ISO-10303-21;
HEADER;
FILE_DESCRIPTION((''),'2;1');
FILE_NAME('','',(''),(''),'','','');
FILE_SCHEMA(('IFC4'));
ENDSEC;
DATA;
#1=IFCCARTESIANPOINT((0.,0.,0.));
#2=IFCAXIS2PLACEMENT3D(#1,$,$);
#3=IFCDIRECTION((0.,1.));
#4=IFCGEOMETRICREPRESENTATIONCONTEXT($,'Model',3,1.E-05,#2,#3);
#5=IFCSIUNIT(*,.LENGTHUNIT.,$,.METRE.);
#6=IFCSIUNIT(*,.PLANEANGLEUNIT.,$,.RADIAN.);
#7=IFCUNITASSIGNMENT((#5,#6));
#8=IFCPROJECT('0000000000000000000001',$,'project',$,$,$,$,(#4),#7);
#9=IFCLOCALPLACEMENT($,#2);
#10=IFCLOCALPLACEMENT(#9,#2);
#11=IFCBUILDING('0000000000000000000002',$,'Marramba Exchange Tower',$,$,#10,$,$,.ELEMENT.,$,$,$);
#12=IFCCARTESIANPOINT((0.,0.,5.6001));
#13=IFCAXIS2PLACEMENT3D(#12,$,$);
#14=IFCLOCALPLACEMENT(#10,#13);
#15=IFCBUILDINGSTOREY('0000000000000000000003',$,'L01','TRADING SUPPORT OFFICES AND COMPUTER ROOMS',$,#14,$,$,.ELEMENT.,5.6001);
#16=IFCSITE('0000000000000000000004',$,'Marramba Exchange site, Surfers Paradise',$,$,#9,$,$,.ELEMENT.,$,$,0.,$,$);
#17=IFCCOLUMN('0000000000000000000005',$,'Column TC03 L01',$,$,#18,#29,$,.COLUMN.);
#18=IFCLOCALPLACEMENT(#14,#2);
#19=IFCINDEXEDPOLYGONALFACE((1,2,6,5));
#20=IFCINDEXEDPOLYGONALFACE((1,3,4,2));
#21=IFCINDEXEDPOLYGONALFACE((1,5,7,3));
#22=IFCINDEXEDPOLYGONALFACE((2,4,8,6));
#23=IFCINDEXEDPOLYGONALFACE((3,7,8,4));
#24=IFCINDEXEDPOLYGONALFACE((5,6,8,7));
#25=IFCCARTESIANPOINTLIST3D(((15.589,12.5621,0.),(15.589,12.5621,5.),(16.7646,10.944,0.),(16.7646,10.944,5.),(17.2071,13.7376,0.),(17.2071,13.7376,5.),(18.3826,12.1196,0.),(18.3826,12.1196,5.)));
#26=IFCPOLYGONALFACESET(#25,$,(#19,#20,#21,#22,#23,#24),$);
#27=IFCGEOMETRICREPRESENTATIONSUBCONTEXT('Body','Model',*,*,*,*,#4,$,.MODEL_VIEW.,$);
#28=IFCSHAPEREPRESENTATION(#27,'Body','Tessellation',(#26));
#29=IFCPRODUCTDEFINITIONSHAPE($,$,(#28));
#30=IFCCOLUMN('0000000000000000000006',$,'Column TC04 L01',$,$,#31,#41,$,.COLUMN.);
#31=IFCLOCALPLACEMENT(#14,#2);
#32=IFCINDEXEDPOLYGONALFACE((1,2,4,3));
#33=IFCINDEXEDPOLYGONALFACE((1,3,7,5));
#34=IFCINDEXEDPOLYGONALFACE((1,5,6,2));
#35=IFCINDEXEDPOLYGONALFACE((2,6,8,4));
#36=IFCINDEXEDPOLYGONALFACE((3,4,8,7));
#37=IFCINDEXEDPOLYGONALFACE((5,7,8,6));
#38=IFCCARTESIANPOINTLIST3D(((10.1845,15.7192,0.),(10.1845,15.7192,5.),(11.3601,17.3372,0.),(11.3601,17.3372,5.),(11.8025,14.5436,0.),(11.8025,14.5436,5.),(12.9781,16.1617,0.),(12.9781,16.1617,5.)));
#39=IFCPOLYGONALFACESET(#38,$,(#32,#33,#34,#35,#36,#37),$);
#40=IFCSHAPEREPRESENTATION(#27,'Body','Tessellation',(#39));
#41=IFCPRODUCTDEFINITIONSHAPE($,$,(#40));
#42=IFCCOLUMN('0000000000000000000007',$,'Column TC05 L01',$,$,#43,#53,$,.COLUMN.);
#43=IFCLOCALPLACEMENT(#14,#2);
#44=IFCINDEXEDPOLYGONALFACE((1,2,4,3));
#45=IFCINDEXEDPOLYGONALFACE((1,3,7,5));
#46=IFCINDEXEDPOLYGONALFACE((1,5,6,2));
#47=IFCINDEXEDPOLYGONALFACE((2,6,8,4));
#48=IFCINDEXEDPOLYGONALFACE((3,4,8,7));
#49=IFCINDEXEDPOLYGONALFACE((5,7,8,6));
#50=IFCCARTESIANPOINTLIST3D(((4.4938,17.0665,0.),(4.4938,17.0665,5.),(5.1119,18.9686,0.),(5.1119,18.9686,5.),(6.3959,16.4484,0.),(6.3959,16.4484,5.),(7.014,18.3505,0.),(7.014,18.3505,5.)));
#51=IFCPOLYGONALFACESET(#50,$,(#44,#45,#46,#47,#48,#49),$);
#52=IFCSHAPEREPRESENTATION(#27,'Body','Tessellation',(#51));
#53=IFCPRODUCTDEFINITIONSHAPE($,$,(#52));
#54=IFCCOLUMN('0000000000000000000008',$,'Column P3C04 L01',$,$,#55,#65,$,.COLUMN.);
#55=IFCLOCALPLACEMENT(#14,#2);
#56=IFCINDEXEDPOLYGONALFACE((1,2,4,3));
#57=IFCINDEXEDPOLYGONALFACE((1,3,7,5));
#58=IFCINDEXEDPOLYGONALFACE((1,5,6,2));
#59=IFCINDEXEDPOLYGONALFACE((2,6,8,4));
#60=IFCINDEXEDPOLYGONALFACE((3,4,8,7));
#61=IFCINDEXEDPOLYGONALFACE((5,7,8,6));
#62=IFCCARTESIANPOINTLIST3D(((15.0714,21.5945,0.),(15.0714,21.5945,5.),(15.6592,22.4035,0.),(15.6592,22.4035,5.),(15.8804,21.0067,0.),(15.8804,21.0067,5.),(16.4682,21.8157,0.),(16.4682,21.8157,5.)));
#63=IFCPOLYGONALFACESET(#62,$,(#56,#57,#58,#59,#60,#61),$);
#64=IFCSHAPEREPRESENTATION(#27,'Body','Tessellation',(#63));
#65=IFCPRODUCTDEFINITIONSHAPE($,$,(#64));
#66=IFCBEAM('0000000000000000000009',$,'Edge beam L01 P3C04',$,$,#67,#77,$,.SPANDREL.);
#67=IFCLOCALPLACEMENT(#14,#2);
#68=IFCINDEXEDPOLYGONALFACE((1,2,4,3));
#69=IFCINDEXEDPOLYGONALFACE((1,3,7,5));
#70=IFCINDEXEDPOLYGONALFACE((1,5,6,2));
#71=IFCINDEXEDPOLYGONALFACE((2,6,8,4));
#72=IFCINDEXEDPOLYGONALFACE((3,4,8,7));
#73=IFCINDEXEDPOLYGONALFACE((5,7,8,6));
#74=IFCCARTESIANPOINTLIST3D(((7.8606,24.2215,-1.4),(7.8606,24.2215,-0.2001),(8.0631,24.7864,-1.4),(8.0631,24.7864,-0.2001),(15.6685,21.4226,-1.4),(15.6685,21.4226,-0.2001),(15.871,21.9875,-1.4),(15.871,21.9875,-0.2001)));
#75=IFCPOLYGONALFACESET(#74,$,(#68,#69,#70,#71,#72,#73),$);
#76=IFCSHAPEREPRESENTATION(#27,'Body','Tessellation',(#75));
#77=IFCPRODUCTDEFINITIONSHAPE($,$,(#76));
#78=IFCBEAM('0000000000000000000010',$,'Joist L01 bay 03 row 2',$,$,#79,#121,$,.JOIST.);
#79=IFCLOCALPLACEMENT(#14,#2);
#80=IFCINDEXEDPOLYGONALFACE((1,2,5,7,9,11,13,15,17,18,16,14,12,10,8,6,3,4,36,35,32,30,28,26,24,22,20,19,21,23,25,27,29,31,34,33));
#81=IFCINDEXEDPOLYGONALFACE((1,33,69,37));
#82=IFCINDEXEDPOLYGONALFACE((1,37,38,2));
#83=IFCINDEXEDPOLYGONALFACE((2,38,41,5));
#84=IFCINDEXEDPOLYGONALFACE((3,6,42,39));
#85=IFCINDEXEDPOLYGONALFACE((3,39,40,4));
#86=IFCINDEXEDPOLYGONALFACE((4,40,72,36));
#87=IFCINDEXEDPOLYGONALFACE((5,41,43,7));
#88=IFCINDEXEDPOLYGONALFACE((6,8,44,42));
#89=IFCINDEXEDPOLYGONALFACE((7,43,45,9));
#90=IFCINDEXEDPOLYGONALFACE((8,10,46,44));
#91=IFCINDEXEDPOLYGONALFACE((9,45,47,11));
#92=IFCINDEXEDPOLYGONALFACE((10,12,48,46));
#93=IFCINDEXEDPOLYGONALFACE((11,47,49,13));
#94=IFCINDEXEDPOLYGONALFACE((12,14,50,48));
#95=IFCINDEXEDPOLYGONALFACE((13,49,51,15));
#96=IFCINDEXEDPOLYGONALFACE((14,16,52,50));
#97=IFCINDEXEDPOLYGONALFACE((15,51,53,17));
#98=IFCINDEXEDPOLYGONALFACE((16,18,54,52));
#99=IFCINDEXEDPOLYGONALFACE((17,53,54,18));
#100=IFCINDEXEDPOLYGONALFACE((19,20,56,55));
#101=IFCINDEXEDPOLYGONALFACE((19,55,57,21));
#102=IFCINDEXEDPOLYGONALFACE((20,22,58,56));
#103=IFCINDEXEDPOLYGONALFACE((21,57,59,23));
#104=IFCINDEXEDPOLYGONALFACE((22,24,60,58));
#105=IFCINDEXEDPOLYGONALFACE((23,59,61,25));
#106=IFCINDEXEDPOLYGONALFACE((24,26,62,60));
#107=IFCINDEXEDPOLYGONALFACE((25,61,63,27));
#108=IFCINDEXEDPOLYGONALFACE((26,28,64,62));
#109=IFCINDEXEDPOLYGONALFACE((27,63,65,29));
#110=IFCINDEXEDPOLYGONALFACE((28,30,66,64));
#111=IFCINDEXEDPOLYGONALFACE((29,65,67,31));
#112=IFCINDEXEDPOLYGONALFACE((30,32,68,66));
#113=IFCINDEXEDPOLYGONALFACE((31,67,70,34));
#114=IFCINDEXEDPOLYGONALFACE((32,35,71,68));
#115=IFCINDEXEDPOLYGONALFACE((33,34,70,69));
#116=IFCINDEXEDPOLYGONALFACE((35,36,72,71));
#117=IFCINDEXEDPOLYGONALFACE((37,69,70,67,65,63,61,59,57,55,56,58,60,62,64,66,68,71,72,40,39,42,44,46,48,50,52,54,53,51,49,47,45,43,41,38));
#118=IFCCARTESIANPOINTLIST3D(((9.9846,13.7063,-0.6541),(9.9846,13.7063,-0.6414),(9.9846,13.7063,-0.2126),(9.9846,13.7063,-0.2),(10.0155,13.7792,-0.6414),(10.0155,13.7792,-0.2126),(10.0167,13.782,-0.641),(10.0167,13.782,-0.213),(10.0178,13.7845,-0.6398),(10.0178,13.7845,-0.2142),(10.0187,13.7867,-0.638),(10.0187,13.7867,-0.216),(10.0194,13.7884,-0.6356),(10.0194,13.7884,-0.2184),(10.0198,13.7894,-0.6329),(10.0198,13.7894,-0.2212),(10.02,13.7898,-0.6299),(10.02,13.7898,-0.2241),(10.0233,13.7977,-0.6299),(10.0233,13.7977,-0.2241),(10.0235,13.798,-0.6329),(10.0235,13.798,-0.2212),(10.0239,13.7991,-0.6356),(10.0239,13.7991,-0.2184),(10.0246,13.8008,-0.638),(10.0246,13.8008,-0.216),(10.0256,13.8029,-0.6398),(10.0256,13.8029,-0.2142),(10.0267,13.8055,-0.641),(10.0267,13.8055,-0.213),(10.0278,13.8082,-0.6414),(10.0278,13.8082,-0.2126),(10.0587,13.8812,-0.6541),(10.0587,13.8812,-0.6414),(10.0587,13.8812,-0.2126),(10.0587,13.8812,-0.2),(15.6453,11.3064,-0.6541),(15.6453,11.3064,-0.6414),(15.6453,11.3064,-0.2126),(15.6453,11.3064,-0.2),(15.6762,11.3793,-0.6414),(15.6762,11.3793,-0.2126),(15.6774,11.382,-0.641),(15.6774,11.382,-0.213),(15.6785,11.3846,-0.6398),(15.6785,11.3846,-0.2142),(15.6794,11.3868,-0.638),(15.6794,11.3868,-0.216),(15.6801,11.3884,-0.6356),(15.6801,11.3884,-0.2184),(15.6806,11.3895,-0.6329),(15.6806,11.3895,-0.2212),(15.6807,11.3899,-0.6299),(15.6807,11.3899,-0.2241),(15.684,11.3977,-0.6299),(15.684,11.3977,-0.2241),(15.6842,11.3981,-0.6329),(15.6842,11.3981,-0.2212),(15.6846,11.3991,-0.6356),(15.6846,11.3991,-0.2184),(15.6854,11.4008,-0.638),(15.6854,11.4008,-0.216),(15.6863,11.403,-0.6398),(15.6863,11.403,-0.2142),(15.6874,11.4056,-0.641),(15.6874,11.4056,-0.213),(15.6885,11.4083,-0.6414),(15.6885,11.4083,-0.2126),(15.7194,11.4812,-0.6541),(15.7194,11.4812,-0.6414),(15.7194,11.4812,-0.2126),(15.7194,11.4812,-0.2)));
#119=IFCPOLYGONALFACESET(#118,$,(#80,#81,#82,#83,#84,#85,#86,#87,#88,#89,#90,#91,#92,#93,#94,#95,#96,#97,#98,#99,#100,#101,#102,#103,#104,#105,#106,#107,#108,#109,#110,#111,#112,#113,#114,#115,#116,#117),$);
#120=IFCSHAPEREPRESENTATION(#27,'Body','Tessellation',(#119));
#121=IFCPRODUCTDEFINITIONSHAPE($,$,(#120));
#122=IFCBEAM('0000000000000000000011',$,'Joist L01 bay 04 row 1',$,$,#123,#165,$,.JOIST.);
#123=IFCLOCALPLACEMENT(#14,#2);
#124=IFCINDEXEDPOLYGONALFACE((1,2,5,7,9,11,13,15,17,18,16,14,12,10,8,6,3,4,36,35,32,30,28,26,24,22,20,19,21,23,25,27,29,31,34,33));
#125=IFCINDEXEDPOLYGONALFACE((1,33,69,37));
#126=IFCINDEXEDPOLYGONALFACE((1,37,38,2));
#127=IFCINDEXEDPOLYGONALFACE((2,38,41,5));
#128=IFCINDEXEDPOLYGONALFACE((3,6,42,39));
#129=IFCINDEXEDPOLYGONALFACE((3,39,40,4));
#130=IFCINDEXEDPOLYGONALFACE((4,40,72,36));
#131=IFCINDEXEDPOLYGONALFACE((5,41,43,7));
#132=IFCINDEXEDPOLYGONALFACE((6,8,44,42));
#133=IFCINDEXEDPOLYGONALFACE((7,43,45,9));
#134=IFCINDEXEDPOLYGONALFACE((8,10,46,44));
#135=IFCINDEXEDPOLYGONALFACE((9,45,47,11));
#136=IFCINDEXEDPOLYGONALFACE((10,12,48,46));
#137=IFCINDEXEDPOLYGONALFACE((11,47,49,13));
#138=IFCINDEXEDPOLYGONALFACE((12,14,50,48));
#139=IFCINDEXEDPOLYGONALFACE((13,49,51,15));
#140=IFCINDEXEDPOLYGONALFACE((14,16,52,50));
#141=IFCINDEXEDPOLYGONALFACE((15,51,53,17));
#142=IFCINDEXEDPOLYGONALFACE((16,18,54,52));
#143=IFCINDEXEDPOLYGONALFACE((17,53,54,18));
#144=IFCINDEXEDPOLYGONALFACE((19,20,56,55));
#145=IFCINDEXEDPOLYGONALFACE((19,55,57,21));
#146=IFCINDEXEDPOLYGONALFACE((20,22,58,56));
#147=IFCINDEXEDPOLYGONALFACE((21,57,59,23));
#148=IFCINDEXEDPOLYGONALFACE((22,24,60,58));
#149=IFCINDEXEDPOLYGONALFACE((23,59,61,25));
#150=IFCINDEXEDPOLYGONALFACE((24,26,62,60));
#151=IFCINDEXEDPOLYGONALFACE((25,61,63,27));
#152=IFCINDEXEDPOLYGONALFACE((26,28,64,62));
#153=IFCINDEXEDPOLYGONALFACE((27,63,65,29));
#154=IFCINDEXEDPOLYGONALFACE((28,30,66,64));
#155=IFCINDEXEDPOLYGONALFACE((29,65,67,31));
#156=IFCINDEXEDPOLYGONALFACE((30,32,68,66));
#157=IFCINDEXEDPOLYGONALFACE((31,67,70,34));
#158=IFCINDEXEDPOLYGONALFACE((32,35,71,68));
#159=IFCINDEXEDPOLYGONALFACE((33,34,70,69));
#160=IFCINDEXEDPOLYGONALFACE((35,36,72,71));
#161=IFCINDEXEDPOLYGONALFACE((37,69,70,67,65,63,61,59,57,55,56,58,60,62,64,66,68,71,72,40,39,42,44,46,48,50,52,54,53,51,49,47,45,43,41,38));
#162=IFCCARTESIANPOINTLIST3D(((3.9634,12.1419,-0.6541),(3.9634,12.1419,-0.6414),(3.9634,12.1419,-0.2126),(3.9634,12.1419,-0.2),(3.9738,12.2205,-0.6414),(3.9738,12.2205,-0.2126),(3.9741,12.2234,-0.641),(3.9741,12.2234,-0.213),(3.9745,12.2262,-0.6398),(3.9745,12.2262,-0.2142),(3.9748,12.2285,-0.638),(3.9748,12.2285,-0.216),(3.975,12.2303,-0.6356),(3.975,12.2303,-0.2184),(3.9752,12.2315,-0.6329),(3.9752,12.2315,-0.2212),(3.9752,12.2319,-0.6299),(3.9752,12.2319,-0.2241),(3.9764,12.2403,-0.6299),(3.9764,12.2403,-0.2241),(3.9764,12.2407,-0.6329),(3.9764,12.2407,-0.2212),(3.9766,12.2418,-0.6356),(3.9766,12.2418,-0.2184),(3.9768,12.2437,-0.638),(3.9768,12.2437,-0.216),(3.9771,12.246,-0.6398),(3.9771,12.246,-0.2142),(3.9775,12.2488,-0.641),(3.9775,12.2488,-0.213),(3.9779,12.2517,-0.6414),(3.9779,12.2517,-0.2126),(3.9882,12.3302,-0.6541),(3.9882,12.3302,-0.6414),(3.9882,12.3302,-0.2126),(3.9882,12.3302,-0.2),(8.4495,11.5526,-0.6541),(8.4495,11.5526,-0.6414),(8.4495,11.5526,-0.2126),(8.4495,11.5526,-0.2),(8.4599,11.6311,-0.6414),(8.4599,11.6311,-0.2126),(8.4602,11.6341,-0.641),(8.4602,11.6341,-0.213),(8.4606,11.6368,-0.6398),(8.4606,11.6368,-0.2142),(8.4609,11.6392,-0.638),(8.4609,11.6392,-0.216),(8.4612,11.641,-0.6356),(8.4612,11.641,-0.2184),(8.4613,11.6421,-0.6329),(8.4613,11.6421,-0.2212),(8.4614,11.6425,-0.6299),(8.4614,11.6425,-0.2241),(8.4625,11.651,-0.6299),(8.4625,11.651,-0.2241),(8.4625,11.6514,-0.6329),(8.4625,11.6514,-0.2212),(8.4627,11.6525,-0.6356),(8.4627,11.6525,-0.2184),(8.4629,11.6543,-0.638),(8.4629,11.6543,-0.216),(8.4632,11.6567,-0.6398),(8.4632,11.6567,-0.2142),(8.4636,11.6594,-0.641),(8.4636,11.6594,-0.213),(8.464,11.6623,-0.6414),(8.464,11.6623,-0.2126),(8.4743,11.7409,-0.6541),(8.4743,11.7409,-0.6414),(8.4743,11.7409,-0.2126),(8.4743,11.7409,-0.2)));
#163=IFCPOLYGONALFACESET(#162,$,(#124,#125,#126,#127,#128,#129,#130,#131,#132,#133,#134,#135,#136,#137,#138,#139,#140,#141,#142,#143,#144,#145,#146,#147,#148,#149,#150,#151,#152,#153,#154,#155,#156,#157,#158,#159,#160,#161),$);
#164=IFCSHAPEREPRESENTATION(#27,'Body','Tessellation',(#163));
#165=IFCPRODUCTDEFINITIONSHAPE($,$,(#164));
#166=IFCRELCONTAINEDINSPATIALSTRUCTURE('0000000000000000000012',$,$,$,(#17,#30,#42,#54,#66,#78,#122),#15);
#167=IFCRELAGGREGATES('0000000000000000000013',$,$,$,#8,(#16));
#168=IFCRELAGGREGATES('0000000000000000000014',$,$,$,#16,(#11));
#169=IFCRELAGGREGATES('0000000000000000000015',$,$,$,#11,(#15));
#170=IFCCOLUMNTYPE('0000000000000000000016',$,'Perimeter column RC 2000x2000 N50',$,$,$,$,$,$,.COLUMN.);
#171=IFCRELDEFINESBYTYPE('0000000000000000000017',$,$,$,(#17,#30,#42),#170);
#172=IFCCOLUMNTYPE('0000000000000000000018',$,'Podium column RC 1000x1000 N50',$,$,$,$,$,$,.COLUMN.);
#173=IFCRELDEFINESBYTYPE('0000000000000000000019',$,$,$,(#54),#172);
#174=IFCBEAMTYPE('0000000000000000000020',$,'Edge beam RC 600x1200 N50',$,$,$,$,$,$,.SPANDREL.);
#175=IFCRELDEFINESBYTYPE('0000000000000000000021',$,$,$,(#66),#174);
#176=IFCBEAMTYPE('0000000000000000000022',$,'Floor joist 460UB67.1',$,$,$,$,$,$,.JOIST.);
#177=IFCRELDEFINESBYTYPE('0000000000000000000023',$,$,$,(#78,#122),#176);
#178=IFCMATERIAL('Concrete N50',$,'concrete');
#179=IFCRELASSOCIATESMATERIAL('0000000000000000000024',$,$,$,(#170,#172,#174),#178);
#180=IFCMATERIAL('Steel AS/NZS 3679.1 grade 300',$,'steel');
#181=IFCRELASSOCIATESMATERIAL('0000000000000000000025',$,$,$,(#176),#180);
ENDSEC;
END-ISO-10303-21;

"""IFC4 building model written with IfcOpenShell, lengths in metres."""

from ifc_helpers import new_model, si_unit, direction, frame, origin, origin_2d, place, context, subcontext, project, spatial, rectangle, i_section, extrude, material, material_profile, profile_set, type_object, element, save


model = new_model("IFC4")

# Units and contexts
model_context = context("Model", 3, precision=1e-05, world=origin(), true_north=direction((0.0, 1.0)))
body_context = subcontext(model_context, "Body", "Model", "MODEL_VIEW")
ifc_project = project(units=[si_unit("LENGTHUNIT", "METRE"), si_unit("PLANEANGLEUNIT", "RADIAN")], contexts=[model_context])

# Site, building, storey
site_placement = place(None, origin())
site = spatial("IfcSite", under=ifc_project, at=site_placement, Name="Marramba Exchange site, Surfers Paradise", CompositionType="ELEMENT", RefElevation=0.0)
building_placement = place(site_placement, origin())
building = spatial("IfcBuilding", under=site, at=building_placement, Name="Marramba Exchange Tower", CompositionType="ELEMENT")
storey_placement = place(building_placement, frame((0.0, 0.0, 5.6001)))
storey = spatial("IfcBuildingStorey", under=building, at=storey_placement, Name="L01", Description="TRADING SUPPORT OFFICES AND COMPUTER ROOMS", CompositionType="ELEMENT", Elevation=5.6001)

# Columns
ifc_material_1 = material(Name="Concrete N50", Category="concrete")
ifc_material_profile_1 = material_profile(ifc_material_1, rectangle(XDim=2.0, YDim=2.0, at=origin_2d()), Name="RC 2000x2000")
ifc_profile_set_1 = profile_set([ifc_material_profile_1], Name="Concrete N50")
column_type_1 = type_object("IfcColumnType", Name="Perimeter column RC 2000x2000 N50", PredefinedType="COLUMN", material=ifc_profile_set_1)
for number, where, z_axis, x_axis, name in (
    (1, (16.9858, 12.3408, 0.0), (0.0, 0.0, 1.0), (0.809017, 0.587785, 0.0), "Column TC03 L01"),
    (2, (11.5813, 15.9404, 0.0), (0.0, 0.0, 1.0), (0.587785, 0.809017, 0.0), "Column TC04 L01"),
    (3, (5.7539, 17.7085, 0.0), (0.0, 0.0, 1.0), (0.309017, 0.951057, 0.0), "Column TC05 L01"),
):
    element("IfcColumn", number, at=place(storey_placement, frame(where, z_axis=z_axis, x_axis=x_axis)), inside=storey, type_object=column_type_1, Name=name, PredefinedType="COLUMN", context=body_context, shape_type="SweptSolid", body=[
        extrude(rectangle(XDim=2.0, YDim=2.0, at=origin_2d()), origin(), (0.0, 0.0, 1.0), 5.0),
    ])
ifc_material_profile_2 = material_profile(ifc_material_1, rectangle(XDim=1.0, YDim=1.0, at=origin_2d()), Name="RC 1000x1000")
ifc_profile_set_2 = profile_set([ifc_material_profile_2], Name="Concrete N50")
column_type_2 = type_object("IfcColumnType", Name="Podium column RC 1000x1000 N50", PredefinedType="COLUMN", material=ifc_profile_set_2)
column_placement = place(storey_placement, frame((15.7698, 21.7051, 0.0), z_axis=(0.0, 0.0, 1.0), x_axis=(0.587785, 0.809017, 0.0)))
element("IfcColumn", 4, at=column_placement, inside=storey, type_object=column_type_2, Name="Column P3C04 L01", PredefinedType="COLUMN", context=body_context, shape_type="SweptSolid", body=[
    extrude(rectangle(XDim=1.0, YDim=1.0, at=origin_2d()), origin(), (0.0, 0.0, 1.0), 5.0),
])

# Beams
ifc_material_profile_3 = material_profile(ifc_material_1, rectangle(XDim=0.6001, YDim=1.2, at=origin_2d()), Name="RC 600x1200")
ifc_profile_set_3 = profile_set([ifc_material_profile_3], Name="Concrete N50")
beam_type_1 = type_object("IfcBeamType", Name="Edge beam RC 600x1200 N50", PredefinedType="SPANDREL", material=ifc_profile_set_3)
beam_1_placement = place(storey_placement, frame((15.7698, 21.7051, -0.8), z_axis=(-0.941348, 0.337438, 0.0), x_axis=(-0.337438, -0.941348, 0.0)))
element("IfcBeam", 5, at=beam_1_placement, inside=storey, type_object=beam_type_1, Name="Edge beam L01 P3C04", PredefinedType="SPANDREL", context=body_context, shape_type="SweptSolid", body=[
    extrude(rectangle(XDim=0.6001, YDim=1.2, at=origin_2d()), origin(), (0.0, 0.0, 1.0), 8.2944),
])
ifc_material_2 = material(Name="Steel AS/NZS 3679.1 grade 300", Category="steel")
ifc_material_profile_4 = material_profile(ifc_material_2, i_section(OverallWidth=0.1899, OverallDepth=0.4541, WebThickness=0.0085, FlangeThickness=0.0127, FilletRadius=0.0115, at=origin_2d()), Name="460UB67.1")
ifc_profile_set_4 = profile_set([ifc_material_profile_4], Name="Steel AS/NZS 3679.1 grade 300")
beam_type_2 = type_object("IfcBeamType", Name="Floor joist 460UB67.1", PredefinedType="JOIST", material=ifc_profile_set_4)
beam_2_placement = place(storey_placement, frame((15.6824, 11.3938, -0.427), z_axis=(-0.920674, 0.390332, 0.0), x_axis=(-0.390332, -0.920674, 0.0)))
element("IfcBeam", 6, at=beam_2_placement, inside=storey, type_object=beam_type_2, Name="Joist L01 bay 03 row 2", PredefinedType="JOIST", context=body_context, shape_type="SweptSolid", body=[
    extrude(i_section(OverallWidth=0.1899, OverallDepth=0.4541, WebThickness=0.0085, FlangeThickness=0.0127, FilletRadius=0.0115, at=origin_2d()), origin(), (0.0, 0.0, 1.0), 6.1484),
])
beam_3_placement = place(storey_placement, frame((8.4619, 11.6467, -0.427), z_axis=(-0.991481, 0.130255, 0.0), x_axis=(-0.130255, -0.991481, 0.0)))
element("IfcBeam", 7, at=beam_3_placement, inside=storey, type_object=beam_type_2, Name="Joist L01 bay 04 row 1", PredefinedType="JOIST", context=body_context, shape_type="SweptSolid", body=[
    extrude(i_section(OverallWidth=0.1899, OverallDepth=0.4541, WebThickness=0.0085, FlangeThickness=0.0127, FilletRadius=0.0115, at=origin_2d()), origin(), (0.0, 0.0, 1.0), 4.5247),
])

save(model, "model.ifc")
